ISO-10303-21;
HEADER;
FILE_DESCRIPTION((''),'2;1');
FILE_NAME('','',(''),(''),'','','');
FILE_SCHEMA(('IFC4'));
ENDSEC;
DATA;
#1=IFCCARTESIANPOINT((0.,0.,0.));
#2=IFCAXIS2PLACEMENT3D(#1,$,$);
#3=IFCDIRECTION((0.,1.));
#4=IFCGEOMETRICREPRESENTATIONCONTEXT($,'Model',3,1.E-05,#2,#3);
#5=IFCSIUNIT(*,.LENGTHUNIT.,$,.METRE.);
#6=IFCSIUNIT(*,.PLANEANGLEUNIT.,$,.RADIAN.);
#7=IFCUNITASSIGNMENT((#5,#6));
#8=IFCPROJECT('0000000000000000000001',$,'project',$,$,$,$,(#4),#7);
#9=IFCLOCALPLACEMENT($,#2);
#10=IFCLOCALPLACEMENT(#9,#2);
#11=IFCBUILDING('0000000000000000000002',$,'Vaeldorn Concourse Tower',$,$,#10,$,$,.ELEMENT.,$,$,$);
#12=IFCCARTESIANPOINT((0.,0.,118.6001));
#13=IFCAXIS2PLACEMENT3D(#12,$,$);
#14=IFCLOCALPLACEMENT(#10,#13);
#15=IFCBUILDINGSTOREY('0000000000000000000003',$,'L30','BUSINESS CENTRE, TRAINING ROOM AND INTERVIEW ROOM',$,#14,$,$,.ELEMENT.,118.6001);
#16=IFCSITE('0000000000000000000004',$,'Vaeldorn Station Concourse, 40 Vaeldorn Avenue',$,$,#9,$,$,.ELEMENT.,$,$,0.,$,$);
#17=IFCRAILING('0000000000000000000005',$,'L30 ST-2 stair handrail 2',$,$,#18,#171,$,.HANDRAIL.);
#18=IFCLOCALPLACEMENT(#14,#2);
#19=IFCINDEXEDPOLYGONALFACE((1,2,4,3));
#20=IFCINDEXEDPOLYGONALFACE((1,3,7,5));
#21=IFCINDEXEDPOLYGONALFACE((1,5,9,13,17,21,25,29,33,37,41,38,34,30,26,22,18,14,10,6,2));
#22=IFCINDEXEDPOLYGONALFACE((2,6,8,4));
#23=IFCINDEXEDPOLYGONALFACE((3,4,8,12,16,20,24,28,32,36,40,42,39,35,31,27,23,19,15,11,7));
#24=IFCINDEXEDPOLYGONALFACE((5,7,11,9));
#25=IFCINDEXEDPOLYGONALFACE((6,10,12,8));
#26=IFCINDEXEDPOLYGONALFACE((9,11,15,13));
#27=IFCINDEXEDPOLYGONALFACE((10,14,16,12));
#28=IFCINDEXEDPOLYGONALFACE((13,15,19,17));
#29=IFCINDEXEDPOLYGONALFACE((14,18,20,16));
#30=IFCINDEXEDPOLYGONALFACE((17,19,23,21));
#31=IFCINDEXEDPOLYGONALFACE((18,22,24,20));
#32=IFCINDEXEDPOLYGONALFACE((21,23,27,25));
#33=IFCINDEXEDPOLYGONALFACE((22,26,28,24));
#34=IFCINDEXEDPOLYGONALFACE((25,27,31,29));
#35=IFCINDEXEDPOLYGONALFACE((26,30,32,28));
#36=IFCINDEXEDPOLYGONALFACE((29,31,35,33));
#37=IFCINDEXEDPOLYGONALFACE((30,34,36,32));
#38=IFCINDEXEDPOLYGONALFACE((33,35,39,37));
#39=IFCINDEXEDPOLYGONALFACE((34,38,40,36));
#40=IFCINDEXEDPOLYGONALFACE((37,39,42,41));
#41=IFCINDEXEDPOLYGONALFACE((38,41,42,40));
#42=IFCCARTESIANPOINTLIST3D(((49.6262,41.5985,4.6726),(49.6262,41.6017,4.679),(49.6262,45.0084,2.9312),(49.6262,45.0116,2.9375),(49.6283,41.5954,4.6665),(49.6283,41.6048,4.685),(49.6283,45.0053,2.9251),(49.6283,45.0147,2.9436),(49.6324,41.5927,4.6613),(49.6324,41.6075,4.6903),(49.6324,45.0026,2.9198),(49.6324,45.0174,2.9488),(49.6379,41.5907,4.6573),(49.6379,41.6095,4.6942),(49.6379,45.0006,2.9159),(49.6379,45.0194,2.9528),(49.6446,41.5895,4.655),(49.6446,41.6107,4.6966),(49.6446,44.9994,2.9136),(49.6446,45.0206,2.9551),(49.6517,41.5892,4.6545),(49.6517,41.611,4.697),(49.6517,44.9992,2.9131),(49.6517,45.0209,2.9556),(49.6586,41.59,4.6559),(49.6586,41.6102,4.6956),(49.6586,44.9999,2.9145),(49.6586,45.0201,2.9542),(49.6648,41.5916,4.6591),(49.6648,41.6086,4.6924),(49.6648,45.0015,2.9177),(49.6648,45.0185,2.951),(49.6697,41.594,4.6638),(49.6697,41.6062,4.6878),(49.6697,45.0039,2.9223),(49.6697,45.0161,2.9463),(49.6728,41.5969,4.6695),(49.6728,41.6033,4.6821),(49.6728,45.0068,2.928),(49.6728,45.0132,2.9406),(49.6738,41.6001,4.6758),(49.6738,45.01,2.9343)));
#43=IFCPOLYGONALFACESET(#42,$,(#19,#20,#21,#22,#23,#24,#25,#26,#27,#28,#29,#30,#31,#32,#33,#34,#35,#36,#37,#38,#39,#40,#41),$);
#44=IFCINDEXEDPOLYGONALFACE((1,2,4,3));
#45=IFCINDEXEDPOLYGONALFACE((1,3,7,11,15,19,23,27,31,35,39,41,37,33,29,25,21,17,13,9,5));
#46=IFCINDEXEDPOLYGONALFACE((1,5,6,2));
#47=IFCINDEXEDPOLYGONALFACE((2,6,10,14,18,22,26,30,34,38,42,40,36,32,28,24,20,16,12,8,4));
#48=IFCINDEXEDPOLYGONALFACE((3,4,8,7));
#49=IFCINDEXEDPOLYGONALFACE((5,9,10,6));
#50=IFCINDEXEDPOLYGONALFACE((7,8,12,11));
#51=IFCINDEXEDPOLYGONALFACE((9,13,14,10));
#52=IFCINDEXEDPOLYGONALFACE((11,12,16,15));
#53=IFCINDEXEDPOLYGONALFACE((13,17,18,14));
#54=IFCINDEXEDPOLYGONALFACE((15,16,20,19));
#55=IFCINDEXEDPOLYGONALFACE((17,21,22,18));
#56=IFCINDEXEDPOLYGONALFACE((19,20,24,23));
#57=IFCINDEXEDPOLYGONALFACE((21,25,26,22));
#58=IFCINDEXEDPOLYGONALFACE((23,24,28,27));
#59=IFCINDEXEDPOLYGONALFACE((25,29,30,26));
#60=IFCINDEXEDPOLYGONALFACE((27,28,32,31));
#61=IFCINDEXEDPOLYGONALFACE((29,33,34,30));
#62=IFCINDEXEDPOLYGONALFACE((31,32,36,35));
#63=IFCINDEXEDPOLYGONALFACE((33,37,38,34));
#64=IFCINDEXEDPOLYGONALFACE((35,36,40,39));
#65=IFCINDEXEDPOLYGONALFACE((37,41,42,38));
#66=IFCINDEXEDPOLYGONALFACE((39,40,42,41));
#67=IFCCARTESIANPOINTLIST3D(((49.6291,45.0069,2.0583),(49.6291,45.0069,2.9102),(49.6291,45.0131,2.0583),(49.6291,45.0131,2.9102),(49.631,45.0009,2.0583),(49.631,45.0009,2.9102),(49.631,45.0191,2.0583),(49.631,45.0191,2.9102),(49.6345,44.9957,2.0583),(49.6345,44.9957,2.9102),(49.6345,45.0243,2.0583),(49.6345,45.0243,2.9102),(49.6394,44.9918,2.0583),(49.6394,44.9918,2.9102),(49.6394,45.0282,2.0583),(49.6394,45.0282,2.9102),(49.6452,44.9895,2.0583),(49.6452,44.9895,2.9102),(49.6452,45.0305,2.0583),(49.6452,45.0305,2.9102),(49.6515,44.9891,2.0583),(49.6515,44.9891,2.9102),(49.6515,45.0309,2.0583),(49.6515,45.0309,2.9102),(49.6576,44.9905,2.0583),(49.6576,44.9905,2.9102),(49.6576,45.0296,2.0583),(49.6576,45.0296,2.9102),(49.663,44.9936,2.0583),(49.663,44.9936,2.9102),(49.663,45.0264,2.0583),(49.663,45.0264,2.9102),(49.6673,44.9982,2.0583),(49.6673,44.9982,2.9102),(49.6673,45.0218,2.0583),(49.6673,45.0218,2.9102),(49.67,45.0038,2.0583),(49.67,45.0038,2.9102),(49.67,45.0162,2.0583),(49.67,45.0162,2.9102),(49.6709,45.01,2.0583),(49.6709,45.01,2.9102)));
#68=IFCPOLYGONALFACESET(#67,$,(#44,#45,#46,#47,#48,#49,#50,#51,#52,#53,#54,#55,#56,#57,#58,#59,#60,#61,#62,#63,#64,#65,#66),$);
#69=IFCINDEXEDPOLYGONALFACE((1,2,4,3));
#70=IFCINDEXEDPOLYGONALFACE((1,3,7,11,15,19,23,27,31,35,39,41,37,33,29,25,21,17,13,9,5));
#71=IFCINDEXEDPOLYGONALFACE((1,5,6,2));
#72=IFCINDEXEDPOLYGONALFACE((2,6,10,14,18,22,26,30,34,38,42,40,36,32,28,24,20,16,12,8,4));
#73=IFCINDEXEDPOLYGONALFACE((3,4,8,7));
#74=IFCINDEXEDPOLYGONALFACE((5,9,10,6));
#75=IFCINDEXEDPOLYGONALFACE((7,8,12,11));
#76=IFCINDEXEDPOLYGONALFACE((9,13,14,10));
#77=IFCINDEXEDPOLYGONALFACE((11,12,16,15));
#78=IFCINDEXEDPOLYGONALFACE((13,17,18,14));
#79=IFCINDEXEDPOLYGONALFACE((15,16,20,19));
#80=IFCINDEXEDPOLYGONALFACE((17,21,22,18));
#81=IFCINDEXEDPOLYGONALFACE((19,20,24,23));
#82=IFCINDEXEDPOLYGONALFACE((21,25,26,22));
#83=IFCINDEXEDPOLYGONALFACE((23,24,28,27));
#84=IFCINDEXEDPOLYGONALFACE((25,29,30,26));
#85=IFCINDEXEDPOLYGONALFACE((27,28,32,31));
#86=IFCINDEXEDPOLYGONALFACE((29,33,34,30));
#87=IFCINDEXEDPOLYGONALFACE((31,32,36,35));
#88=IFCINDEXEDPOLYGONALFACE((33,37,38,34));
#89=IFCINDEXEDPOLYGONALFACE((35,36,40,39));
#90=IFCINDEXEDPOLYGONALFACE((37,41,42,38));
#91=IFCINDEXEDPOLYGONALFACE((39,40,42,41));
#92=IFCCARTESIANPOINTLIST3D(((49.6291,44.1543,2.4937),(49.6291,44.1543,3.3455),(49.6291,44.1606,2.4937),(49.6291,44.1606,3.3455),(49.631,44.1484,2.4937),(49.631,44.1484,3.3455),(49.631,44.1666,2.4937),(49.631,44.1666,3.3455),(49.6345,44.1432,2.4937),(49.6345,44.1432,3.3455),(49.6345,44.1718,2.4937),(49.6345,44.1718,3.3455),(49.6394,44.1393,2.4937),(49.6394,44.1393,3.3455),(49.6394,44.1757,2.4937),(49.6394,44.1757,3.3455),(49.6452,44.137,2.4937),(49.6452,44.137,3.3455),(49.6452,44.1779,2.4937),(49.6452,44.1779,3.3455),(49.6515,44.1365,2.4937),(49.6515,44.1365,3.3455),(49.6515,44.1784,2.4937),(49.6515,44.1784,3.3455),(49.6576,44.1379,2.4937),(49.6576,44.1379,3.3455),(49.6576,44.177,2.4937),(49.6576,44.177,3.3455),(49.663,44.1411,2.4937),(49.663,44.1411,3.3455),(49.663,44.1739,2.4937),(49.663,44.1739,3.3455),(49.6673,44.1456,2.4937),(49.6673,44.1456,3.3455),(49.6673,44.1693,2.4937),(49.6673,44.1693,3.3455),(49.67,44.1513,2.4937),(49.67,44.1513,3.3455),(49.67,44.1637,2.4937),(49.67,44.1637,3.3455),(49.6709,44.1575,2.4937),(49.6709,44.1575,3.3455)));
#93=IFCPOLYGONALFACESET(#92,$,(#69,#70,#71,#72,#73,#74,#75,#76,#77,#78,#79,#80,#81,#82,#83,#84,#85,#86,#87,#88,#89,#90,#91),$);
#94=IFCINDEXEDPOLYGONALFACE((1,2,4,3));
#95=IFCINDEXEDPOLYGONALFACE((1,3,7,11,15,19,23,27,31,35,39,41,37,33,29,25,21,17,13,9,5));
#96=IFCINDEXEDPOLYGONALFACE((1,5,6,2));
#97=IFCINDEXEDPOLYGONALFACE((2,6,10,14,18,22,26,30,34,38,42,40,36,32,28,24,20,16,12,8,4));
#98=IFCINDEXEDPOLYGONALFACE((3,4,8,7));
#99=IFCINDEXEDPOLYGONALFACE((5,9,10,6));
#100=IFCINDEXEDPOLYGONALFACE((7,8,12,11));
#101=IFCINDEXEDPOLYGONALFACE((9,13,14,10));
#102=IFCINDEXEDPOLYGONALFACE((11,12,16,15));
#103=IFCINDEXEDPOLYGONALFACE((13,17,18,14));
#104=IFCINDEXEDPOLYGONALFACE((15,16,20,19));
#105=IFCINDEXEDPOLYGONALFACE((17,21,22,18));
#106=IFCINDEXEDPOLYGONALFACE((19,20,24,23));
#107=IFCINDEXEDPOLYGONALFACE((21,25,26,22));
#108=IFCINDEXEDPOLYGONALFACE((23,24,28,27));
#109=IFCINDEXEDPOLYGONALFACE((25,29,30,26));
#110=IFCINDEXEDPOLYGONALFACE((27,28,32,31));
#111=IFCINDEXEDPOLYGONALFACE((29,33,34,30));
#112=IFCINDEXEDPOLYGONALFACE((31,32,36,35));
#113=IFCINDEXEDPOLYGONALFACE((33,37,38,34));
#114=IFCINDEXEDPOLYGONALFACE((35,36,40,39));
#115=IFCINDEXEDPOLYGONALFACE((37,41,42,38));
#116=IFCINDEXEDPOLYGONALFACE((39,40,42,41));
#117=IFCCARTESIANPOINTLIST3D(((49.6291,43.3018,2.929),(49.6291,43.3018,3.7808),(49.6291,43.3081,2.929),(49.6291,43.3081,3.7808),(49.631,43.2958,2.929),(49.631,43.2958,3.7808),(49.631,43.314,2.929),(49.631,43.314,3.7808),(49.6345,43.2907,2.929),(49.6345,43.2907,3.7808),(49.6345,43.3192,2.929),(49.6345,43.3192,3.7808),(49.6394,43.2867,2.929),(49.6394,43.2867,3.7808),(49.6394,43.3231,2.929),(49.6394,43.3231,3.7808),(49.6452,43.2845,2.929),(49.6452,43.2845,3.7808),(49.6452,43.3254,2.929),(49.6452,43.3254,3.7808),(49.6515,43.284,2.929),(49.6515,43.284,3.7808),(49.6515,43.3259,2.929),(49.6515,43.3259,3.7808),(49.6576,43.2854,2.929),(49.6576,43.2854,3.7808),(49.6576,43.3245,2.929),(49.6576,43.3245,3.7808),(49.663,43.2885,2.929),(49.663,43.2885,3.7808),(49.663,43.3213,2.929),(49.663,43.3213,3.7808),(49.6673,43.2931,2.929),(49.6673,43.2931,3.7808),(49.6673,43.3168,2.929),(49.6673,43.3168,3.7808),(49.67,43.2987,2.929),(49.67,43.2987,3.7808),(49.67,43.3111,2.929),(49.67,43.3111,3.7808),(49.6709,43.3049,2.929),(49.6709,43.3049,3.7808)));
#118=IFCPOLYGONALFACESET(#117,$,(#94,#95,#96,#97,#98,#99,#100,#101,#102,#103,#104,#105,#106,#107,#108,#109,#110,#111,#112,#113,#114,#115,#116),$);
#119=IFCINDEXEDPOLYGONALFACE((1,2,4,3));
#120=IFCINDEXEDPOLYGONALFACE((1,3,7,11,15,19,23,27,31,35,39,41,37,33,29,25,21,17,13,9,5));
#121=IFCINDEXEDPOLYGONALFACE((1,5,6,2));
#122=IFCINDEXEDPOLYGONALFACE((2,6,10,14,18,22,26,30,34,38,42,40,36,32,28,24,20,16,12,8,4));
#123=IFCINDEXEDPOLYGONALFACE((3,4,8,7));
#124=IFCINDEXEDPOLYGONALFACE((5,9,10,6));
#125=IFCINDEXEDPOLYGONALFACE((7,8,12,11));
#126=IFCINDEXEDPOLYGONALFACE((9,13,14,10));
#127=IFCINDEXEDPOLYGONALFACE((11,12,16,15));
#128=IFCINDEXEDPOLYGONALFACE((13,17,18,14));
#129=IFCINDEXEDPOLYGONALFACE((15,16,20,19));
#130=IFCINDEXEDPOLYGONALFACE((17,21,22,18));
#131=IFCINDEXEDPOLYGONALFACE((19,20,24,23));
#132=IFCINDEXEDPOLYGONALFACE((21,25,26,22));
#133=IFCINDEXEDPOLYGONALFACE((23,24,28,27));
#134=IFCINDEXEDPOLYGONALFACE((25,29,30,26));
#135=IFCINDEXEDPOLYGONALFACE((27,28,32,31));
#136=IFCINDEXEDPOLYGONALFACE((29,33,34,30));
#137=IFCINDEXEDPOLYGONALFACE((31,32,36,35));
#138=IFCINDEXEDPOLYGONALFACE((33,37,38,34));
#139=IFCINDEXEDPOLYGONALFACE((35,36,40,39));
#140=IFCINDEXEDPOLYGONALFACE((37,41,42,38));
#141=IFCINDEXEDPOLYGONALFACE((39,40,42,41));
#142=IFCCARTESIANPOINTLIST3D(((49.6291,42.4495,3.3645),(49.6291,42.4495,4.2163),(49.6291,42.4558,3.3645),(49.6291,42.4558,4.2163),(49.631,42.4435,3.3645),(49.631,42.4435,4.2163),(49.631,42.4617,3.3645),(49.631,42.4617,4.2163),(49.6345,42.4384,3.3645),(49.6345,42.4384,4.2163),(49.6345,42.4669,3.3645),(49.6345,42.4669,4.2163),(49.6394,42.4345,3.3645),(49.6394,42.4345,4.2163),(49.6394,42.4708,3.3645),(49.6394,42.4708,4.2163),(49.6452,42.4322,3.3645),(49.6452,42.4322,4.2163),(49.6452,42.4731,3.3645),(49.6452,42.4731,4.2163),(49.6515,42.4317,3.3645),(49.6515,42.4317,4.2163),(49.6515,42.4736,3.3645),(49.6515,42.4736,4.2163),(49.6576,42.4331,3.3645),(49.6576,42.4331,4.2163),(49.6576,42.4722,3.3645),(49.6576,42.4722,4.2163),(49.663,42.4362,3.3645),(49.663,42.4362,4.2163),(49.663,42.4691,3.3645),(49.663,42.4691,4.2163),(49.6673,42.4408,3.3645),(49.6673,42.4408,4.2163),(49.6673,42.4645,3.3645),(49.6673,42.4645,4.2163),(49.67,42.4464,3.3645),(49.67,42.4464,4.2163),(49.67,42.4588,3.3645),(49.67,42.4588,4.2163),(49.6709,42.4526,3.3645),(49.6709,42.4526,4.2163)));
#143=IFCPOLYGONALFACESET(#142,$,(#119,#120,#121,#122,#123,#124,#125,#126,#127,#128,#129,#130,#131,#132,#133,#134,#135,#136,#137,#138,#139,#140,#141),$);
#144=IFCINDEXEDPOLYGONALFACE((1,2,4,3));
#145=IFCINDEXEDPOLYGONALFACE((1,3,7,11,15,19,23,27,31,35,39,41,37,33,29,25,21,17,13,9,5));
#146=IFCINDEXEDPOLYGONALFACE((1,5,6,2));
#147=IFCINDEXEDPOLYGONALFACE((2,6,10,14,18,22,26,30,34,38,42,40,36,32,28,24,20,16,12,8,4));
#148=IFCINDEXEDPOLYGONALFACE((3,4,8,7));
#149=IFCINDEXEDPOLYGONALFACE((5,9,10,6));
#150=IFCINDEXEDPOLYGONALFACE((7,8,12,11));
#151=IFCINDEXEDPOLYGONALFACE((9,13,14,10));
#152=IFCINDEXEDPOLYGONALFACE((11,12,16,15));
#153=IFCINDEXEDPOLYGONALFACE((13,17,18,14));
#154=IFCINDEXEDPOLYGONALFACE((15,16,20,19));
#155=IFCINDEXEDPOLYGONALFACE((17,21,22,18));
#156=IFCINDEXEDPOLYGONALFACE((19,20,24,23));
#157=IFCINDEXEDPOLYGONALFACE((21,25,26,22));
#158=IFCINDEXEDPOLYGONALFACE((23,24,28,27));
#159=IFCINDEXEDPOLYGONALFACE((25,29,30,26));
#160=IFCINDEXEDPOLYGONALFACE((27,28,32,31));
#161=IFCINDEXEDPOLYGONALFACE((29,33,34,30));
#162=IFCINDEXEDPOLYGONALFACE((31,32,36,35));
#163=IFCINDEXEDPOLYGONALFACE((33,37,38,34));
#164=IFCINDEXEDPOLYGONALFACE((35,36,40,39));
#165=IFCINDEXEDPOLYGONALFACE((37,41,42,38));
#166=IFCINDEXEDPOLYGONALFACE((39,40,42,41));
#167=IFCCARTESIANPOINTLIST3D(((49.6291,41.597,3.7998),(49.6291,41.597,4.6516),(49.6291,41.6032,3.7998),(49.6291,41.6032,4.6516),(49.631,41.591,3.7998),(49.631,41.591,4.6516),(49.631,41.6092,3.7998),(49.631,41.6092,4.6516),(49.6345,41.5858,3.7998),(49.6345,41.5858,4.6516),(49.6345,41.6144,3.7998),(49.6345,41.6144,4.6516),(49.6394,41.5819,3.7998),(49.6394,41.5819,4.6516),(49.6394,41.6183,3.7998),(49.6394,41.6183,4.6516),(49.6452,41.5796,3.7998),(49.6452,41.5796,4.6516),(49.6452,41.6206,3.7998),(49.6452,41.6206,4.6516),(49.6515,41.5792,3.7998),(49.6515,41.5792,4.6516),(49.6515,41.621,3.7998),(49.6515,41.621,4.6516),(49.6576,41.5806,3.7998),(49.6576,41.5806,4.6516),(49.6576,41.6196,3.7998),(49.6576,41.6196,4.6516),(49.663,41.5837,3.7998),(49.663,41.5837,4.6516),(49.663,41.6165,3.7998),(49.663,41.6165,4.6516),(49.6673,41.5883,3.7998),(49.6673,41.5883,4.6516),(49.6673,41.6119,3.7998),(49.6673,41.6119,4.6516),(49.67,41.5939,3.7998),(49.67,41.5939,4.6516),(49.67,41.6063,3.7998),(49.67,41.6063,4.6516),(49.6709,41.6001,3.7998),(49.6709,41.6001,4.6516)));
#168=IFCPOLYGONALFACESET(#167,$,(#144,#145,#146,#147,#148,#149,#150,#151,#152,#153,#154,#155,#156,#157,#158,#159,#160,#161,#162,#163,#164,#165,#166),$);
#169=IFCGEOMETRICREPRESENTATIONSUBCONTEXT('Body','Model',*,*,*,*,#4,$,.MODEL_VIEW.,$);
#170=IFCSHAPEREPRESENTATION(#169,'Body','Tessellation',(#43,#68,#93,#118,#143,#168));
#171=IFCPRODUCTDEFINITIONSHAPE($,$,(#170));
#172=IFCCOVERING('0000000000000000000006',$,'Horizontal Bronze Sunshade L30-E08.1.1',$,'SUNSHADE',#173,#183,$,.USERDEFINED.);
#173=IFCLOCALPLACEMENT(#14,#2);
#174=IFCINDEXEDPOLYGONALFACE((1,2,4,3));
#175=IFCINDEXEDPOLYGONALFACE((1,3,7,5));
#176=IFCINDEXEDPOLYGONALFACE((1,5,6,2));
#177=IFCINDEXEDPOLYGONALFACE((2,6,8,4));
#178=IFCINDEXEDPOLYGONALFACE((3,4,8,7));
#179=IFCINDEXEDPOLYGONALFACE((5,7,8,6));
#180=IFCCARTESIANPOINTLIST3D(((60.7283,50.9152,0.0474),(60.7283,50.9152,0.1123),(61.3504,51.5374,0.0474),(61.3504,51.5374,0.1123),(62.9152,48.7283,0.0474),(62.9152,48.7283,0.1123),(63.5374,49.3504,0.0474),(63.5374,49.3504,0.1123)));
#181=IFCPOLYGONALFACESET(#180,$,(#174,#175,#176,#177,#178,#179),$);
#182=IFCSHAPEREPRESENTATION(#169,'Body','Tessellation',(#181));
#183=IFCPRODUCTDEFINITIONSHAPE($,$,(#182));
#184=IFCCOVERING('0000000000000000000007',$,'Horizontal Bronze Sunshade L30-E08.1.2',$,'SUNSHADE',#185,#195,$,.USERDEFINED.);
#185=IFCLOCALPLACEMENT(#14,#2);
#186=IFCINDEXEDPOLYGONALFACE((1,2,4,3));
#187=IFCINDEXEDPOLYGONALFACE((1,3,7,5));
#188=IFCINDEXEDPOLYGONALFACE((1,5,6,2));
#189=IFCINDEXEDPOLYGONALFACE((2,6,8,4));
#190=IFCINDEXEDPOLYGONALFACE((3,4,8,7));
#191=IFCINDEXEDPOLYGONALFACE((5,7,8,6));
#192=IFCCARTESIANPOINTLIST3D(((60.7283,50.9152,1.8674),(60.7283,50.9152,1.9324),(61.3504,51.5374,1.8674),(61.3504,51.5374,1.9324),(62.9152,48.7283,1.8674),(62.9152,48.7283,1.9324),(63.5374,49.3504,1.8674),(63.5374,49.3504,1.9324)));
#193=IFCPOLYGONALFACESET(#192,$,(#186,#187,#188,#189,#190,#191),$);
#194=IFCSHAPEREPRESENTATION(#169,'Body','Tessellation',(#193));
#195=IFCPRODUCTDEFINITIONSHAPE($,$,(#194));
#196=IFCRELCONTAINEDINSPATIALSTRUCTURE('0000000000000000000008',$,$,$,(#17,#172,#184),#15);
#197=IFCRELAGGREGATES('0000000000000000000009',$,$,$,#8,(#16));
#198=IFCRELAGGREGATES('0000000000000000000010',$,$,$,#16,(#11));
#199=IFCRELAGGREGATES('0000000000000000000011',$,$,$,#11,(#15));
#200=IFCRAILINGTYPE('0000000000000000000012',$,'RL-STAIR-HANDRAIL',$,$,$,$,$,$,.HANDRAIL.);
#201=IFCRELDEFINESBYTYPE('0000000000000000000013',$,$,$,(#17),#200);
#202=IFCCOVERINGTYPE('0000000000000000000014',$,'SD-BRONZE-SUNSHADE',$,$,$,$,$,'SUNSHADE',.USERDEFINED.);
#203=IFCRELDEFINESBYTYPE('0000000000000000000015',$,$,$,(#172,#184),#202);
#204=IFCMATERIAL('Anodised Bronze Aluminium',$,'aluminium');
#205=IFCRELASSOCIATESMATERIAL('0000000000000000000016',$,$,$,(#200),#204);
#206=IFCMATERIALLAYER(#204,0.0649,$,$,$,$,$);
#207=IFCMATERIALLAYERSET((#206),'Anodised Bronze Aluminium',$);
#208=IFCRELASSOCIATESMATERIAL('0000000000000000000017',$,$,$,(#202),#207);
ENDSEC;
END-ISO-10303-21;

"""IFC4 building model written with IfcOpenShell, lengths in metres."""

from ifc_helpers import new_model, si_unit, direction, frame, origin, origin_2d, place, context, subcontext, project, spatial, rectangle, circle, extrude, source, transform, mapped, material, layer, layer_set, type_object, element, save


model = new_model("IFC4")

# Units and contexts
model_context = context("Model", 3, precision=1e-05, world=origin(), true_north=direction((0.0, 1.0)))
body_context = subcontext(model_context, "Body", "Model", "MODEL_VIEW")
ifc_project = project(units=[si_unit("LENGTHUNIT", "METRE"), si_unit("PLANEANGLEUNIT", "RADIAN")], contexts=[model_context])

# Site, building, storey
site_placement = place(None, origin())
site = spatial("IfcSite", under=ifc_project, at=site_placement, Name="Vaeldorn Station Concourse, 40 Vaeldorn Avenue", CompositionType="ELEMENT", RefElevation=0.0)
building_placement = place(site_placement, origin())
building = spatial("IfcBuilding", under=site, at=building_placement, Name="Vaeldorn Concourse Tower", CompositionType="ELEMENT")
storey_placement = place(building_placement, frame((0.0, 0.0, 118.6001)))
storey = spatial("IfcBuildingStorey", under=building, at=storey_placement, Name="L30", Description="BUSINESS CENTRE, TRAINING ROOM AND INTERVIEW ROOM", CompositionType="ELEMENT", Elevation=118.6001)

# Shared definitions
ifc_material_1 = material(Name="Anodised Bronze Aluminium", Category="aluminium")

# Railing
railing_type_1 = type_object("IfcRailingType", Name="RL-STAIR-HANDRAIL", PredefinedType="HANDRAIL", material=ifc_material_1)
railing_1_placement = place(storey_placement, frame((49.6499, 45.01, 2.0583)))
element("IfcRailing", 1, at=railing_1_placement, inside=storey, type_object=railing_type_1, Name="L30 ST-2 stair handrail 2", PredefinedType="HANDRAIL", context=body_context, shape_type="SweptSolid", body=[
    extrude(circle(Radius=0.0239, at=origin_2d()), frame((0.0, 0.0, 0.876), z_axis=(0.0, -0.890582, 0.454823), x_axis=(1.0, 0.0, 0.0)), (0.0, 0.0, 1.0), 3.8289),
    extrude(circle(Radius=0.021, at=origin_2d()), origin(), (0.0, 0.0, 1.0), 0.8518),
    extrude(circle(Radius=0.021, at=origin_2d()), frame((0.0, -0.8525, 0.4353)), (0.0, 0.0, 1.0), 0.8518),
    extrude(circle(Radius=0.021, at=origin_2d()), frame((0.0, -1.7051, 0.8706)), (0.0, 0.0, 1.0), 0.8518),
    extrude(circle(Radius=0.021, at=origin_2d()), frame((0.0, -2.5574, 1.3062)), (0.0, 0.0, 1.0), 0.8518),
    extrude(circle(Radius=0.021, at=origin_2d()), frame((0.0, -3.4099, 1.7415)), (0.0, 0.0, 1.0), 0.8518),
])

# Coverings
ifc_layer_1 = layer(ifc_material_1, 0.0649)
ifc_layer_set_1 = layer_set([ifc_layer_1], Name="Anodised Bronze Aluminium")
covering_type = type_object("IfcCoveringType", Name="SD-BRONZE-SUNSHADE", ElementType="SUNSHADE", PredefinedType="USERDEFINED", material=ifc_layer_set_1)
shared_shape_1 = source(origin(), body_context, "Body", "SweptSolid", [
    extrude(rectangle(XDim=3.0928, YDim=0.8799, at=origin_2d()), origin(), (0.0, 0.0, 1.0), 0.0649),
])
for number, where, z_axis, x_axis, name in (
    (2, (62.1328, 50.1328, 0.0474), (0.0, 0.0, 1.0), (-0.707107, 0.707107, 0.0), "Horizontal Bronze Sunshade L30-E08.1.1"),
    (3, (62.1328, 50.1328, 1.8674), (0.0, 0.0, 1.0), (-0.707107, 0.707107, 0.0), "Horizontal Bronze Sunshade L30-E08.1.2"),
):
    element("IfcCovering", number, at=place(storey_placement, frame(where, z_axis=z_axis, x_axis=x_axis)), inside=storey, type_object=covering_type, Name=name, ObjectType="SUNSHADE", PredefinedType="USERDEFINED", context=body_context, shape_type="MappedRepresentation", body=[
        mapped(shared_shape_1, transform((0.0, 0.0, 0.0), scale=1.0)),
    ])

save(model, "model.ifc")
